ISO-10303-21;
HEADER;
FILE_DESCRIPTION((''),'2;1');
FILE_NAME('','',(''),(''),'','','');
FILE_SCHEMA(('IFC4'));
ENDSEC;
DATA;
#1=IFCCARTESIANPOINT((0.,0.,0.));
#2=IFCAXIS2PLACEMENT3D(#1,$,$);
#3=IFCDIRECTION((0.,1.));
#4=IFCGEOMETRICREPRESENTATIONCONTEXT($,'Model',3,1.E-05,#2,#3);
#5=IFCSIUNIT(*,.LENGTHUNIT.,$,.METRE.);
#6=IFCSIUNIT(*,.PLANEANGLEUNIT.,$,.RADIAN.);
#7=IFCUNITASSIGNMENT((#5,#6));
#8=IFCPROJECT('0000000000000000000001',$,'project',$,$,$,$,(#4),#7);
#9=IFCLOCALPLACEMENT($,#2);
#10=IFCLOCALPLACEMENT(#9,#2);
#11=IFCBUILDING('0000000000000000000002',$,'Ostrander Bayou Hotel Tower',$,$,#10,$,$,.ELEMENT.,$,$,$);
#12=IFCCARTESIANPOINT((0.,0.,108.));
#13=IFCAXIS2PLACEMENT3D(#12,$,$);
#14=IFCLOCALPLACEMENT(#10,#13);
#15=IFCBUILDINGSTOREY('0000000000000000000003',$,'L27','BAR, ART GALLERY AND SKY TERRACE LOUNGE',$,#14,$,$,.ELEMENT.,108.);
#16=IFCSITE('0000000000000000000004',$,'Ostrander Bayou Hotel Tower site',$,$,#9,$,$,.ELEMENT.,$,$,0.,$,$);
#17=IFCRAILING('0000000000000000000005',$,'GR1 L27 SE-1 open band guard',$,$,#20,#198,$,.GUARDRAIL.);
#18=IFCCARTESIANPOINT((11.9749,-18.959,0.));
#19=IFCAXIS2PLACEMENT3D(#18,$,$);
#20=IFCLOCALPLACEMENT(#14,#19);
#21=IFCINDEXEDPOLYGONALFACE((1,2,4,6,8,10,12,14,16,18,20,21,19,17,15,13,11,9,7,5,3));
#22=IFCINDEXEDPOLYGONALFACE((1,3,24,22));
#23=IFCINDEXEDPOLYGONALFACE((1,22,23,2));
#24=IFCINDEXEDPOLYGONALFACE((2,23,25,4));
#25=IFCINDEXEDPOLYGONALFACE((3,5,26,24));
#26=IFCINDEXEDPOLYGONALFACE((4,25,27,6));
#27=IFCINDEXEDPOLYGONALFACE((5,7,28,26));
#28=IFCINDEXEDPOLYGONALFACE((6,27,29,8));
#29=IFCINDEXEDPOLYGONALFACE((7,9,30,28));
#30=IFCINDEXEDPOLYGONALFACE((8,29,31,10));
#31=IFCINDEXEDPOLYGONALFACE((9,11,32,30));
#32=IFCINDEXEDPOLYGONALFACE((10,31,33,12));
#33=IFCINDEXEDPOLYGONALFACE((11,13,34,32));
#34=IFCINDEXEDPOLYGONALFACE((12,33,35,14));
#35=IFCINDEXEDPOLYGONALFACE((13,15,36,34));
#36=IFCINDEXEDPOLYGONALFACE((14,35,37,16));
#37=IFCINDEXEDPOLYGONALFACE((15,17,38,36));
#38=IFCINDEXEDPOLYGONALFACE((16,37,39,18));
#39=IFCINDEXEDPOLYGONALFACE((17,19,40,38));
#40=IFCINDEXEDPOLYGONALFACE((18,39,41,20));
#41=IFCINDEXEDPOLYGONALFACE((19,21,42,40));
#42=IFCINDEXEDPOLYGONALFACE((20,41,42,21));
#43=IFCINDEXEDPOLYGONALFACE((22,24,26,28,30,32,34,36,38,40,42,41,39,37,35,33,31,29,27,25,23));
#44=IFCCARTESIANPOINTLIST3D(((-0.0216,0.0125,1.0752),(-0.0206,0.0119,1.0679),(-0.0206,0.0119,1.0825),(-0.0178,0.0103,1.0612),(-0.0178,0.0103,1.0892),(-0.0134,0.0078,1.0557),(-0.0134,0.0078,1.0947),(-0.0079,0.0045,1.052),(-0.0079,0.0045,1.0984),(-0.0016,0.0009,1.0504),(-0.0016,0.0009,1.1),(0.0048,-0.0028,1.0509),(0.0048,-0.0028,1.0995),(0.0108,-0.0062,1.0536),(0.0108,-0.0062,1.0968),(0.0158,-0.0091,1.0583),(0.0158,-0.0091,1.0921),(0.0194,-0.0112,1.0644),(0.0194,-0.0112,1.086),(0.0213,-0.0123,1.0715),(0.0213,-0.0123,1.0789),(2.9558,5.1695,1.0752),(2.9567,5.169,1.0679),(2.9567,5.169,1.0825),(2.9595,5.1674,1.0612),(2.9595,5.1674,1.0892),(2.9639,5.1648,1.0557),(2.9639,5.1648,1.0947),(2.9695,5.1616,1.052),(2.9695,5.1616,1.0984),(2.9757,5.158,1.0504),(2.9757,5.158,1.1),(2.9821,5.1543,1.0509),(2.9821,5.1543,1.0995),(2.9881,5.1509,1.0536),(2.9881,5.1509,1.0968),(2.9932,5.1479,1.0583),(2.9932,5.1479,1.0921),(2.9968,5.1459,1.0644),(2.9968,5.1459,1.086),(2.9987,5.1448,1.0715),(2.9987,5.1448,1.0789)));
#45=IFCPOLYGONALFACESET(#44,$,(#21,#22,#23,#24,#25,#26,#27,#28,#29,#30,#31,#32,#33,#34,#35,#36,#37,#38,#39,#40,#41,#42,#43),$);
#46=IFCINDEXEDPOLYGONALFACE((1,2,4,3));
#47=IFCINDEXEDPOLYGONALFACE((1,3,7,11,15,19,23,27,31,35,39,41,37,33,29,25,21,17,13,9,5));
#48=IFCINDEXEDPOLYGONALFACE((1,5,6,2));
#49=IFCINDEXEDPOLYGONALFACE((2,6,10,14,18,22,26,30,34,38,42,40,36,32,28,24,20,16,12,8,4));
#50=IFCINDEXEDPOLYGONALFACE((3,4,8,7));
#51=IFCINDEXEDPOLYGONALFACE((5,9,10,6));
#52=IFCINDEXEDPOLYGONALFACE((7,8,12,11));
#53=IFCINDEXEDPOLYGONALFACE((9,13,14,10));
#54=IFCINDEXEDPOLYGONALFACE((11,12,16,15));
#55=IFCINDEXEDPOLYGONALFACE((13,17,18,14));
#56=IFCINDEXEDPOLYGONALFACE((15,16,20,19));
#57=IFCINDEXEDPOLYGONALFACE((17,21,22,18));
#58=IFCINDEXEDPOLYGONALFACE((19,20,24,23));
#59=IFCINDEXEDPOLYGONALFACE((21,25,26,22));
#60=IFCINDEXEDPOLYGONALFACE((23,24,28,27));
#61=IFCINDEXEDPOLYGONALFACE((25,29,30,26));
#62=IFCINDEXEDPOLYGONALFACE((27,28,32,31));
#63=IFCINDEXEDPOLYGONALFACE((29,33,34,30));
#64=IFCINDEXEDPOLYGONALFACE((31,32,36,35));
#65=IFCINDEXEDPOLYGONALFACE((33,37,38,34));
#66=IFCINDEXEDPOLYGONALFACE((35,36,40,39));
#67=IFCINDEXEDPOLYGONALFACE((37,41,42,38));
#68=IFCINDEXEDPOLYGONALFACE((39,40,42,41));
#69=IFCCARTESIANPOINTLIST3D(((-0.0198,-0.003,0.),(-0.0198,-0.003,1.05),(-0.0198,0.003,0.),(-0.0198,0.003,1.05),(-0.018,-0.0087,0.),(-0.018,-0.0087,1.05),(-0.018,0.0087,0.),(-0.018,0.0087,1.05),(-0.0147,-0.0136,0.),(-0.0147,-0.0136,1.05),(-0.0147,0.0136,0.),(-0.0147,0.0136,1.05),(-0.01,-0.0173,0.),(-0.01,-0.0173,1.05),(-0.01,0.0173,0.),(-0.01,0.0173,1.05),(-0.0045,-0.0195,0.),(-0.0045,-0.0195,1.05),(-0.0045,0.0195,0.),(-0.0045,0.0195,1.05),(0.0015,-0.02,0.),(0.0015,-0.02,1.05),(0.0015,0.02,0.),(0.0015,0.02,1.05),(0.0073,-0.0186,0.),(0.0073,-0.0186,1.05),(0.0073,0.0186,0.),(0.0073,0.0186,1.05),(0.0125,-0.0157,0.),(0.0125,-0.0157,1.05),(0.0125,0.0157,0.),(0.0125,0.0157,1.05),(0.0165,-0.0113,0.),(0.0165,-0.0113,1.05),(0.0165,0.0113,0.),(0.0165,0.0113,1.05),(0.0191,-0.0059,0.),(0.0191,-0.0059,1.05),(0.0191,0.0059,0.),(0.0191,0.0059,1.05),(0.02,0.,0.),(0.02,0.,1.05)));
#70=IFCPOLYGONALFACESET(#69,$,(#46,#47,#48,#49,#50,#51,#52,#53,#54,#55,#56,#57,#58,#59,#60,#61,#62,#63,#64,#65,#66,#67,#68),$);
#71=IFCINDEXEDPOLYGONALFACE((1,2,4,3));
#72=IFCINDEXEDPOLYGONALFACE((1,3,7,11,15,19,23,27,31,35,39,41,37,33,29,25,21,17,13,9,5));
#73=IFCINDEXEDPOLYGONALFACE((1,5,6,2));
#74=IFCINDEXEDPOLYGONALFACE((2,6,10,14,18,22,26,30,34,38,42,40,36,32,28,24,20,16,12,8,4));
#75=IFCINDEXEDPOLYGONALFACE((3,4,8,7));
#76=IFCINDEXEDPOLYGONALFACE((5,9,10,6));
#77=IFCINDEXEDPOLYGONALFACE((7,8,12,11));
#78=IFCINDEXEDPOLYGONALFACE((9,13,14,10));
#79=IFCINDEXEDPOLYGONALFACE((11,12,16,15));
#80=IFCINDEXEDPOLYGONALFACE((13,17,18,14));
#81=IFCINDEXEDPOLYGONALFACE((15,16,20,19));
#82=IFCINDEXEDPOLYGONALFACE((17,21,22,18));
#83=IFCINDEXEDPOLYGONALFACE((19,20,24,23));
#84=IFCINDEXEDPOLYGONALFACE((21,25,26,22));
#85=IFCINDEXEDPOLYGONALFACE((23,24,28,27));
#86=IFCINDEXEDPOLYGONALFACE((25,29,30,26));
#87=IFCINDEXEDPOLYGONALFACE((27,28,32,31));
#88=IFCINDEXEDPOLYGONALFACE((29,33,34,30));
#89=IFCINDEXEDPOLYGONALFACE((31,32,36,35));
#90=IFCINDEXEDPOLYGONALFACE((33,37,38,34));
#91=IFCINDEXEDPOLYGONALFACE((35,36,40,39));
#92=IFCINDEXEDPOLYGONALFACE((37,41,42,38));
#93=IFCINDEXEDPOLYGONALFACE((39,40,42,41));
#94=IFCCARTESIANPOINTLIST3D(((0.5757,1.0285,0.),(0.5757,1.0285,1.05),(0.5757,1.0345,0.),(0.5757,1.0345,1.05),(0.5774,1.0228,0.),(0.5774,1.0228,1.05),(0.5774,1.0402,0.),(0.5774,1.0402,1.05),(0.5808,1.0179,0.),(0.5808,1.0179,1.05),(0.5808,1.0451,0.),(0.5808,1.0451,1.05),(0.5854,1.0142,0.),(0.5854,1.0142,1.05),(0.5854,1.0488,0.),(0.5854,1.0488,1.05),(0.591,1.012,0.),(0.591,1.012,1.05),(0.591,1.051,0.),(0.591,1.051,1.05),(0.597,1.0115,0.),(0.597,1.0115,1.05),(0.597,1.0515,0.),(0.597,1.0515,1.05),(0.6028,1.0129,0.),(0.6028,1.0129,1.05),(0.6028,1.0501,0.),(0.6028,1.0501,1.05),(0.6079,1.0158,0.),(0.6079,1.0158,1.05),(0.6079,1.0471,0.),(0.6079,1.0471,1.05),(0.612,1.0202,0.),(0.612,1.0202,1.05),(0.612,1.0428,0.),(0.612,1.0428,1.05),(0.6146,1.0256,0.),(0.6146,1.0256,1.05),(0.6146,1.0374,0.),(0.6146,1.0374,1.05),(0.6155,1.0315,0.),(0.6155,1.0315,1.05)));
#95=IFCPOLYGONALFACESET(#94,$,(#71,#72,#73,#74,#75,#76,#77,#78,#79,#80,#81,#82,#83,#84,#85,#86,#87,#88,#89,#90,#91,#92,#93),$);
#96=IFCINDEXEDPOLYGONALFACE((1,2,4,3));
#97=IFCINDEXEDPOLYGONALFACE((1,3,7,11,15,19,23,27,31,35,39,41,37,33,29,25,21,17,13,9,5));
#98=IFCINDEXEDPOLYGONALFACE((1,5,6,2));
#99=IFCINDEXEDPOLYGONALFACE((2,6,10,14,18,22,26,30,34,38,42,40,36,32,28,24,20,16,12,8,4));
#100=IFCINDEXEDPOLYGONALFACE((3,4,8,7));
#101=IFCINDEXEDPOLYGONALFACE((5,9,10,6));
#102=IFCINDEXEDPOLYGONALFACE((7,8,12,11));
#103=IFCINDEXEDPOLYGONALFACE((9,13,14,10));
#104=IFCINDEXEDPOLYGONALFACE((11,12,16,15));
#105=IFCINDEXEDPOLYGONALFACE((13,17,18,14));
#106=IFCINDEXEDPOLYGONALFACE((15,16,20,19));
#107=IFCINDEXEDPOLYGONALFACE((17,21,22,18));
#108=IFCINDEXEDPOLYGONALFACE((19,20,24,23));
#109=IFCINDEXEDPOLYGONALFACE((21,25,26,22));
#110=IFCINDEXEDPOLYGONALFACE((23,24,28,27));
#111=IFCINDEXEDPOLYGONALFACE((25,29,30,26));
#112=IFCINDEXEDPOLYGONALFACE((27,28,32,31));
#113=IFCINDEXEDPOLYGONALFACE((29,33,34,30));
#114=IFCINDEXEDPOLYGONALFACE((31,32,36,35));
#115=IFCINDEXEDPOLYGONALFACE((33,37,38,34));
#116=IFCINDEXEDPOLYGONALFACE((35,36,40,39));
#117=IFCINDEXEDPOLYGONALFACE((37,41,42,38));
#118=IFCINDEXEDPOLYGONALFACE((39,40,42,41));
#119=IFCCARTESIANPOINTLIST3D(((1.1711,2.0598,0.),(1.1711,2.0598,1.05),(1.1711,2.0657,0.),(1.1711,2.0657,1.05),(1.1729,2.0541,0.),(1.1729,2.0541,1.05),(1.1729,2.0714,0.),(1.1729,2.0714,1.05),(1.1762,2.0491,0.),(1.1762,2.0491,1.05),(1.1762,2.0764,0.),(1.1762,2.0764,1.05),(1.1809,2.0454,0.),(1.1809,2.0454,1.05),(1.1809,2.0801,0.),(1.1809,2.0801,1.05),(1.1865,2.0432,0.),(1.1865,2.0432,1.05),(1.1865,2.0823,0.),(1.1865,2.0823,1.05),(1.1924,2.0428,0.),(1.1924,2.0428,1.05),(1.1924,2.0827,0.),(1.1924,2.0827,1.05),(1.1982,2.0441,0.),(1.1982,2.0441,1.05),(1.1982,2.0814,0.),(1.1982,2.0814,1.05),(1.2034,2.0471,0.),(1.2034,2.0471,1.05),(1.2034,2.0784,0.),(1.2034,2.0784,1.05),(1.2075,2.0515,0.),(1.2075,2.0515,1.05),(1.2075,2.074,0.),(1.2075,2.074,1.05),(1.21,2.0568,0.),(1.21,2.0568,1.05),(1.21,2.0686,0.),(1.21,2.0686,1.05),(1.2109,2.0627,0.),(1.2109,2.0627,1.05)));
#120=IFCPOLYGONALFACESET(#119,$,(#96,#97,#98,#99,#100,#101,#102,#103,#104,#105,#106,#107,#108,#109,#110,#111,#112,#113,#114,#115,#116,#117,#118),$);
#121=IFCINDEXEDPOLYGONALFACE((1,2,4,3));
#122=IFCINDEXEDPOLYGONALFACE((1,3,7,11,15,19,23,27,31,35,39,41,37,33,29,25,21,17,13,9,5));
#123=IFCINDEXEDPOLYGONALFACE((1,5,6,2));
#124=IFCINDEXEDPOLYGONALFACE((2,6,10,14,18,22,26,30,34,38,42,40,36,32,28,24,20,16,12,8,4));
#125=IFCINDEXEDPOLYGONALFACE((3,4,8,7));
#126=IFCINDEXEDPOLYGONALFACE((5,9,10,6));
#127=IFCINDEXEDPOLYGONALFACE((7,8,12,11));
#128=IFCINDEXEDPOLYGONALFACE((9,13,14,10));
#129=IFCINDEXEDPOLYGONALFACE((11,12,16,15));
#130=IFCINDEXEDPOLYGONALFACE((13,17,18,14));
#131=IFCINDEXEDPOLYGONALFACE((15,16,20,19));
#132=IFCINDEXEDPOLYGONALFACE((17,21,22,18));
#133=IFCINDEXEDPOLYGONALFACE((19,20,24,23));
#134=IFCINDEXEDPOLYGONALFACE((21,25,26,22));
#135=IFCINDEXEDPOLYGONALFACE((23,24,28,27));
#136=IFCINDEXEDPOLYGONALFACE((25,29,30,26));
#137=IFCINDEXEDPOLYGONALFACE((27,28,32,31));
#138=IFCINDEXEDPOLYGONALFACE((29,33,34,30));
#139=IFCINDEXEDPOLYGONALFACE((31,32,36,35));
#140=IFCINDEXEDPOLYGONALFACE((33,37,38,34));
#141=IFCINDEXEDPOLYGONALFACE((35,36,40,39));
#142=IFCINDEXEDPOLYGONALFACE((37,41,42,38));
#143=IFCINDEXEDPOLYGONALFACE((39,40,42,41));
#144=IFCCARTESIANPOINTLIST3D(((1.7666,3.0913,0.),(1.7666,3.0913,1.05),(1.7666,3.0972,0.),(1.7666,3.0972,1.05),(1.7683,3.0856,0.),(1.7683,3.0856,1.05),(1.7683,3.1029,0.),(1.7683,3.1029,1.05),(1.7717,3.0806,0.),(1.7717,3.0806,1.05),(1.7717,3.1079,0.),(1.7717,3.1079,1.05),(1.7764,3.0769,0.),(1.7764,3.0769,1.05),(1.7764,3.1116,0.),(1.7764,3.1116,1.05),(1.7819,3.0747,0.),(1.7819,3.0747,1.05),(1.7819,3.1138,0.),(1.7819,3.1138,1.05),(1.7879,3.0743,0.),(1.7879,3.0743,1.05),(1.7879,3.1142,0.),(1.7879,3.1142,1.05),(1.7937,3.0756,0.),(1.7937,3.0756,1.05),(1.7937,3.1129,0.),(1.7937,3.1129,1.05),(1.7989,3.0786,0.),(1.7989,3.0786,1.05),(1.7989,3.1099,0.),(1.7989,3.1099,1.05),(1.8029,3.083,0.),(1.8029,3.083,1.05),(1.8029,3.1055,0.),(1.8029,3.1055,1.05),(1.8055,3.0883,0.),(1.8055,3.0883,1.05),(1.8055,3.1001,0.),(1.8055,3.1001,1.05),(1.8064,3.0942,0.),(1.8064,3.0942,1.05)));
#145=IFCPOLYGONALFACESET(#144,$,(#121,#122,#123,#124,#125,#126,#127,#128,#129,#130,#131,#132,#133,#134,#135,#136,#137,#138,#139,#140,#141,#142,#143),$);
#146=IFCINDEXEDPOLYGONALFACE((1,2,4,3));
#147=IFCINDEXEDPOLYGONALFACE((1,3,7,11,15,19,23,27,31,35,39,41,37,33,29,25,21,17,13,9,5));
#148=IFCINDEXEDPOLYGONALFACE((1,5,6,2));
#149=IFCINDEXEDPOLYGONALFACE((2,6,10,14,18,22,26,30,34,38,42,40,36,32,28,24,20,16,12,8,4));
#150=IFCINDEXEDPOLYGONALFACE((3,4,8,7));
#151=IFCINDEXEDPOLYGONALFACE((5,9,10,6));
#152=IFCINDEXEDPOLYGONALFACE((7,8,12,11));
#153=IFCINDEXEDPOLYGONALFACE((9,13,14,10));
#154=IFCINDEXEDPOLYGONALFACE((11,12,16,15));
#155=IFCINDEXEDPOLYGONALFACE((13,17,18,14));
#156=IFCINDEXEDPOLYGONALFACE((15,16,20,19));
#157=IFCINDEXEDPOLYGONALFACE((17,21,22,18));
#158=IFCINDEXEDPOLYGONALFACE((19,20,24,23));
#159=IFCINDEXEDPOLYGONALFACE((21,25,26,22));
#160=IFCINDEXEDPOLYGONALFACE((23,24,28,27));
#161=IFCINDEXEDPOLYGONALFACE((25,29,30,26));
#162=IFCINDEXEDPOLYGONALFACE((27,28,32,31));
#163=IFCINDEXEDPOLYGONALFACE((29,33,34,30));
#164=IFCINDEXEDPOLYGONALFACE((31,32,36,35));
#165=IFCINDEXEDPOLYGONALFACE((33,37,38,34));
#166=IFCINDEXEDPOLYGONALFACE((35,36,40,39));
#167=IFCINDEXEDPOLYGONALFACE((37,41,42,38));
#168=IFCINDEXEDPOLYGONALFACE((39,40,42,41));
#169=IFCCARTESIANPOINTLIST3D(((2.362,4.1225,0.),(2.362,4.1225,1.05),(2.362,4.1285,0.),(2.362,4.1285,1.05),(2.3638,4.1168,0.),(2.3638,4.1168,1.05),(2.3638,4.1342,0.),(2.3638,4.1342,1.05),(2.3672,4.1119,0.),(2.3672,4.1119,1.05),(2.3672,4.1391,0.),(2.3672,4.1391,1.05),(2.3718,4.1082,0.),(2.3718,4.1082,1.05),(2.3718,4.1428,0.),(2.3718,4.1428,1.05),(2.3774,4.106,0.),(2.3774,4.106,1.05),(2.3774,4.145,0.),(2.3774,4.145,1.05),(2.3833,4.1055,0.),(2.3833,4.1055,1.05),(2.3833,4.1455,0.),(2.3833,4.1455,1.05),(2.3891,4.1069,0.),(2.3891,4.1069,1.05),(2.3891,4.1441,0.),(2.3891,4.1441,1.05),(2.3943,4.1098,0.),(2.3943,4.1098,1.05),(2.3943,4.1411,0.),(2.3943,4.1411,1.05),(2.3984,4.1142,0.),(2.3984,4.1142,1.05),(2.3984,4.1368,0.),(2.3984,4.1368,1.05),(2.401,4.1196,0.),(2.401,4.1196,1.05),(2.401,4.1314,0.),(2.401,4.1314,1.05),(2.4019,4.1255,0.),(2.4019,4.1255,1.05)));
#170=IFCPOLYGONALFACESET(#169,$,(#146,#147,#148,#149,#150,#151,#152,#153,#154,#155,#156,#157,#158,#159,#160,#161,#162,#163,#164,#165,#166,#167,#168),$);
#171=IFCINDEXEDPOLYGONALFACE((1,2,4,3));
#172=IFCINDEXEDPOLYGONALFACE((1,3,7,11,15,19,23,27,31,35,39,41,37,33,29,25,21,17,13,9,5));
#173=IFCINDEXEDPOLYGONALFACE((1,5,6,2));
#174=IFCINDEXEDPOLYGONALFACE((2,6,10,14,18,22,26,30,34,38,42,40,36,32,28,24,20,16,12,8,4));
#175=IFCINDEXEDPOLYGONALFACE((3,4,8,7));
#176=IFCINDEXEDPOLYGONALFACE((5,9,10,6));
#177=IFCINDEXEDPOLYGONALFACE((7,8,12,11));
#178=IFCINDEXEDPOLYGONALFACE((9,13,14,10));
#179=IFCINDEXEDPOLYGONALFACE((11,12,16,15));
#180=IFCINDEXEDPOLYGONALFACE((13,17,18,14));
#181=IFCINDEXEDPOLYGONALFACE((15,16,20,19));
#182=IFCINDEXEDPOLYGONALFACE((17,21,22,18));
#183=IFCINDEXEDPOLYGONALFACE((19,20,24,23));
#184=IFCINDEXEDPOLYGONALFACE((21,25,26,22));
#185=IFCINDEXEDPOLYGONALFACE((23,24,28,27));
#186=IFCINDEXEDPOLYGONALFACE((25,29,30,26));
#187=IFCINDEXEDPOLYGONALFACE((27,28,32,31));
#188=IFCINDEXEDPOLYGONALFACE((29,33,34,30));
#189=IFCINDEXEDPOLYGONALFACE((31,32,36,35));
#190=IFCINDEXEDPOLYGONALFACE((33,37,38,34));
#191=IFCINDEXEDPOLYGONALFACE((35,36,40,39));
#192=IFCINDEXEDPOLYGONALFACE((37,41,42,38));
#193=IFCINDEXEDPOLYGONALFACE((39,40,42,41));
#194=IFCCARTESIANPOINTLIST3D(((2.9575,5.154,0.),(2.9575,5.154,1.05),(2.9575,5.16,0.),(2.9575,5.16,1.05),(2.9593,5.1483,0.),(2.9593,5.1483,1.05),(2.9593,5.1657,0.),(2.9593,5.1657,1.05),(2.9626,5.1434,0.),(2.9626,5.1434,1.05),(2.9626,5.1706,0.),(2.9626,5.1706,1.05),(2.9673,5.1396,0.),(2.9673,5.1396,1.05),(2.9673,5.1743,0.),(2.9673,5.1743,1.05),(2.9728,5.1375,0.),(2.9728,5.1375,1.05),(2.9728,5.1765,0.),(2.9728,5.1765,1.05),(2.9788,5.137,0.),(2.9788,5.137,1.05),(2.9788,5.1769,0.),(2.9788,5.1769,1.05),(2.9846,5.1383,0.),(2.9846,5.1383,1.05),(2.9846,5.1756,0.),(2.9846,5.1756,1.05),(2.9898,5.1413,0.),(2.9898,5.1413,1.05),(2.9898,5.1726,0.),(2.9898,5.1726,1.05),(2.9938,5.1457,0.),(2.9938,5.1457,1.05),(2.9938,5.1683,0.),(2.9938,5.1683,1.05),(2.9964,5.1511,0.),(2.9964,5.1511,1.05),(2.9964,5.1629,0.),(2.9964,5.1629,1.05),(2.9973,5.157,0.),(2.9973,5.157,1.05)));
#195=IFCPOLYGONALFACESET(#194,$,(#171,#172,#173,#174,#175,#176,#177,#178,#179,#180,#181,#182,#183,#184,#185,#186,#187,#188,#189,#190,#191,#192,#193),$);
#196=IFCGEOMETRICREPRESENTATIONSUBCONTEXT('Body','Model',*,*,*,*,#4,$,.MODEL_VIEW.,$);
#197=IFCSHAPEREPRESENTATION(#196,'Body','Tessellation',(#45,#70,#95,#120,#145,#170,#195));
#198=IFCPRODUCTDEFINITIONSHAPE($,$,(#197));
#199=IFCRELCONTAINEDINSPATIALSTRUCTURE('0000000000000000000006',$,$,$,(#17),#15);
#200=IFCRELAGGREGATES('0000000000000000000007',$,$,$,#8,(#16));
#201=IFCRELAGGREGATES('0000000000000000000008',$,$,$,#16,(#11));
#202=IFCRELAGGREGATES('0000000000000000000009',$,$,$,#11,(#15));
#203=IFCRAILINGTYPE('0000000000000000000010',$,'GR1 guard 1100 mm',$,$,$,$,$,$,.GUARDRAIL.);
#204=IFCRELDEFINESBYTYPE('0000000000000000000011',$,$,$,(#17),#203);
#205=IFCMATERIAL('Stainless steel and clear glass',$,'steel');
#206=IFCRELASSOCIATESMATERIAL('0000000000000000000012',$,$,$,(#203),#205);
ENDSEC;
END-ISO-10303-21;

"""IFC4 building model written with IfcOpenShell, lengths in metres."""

from ifc_helpers import new_model, si_unit, direction, frame, origin, origin_2d, place, context, subcontext, project, spatial, circle, extrude, material, type_object, element, save


model = new_model("IFC4")

# Units and contexts
model_context = context("Model", 3, precision=1e-05, world=origin(), true_north=direction((0.0, 1.0)))
body_context = subcontext(model_context, "Body", "Model", "MODEL_VIEW")
ifc_project = project(units=[si_unit("LENGTHUNIT", "METRE"), si_unit("PLANEANGLEUNIT", "RADIAN")], contexts=[model_context])

# Site, building, storey
site_placement = place(None, origin())
site = spatial("IfcSite", under=ifc_project, at=site_placement, Name="Ostrander Bayou Hotel Tower site", CompositionType="ELEMENT", RefElevation=0.0)
building_placement = place(site_placement, origin())
building = spatial("IfcBuilding", under=site, at=building_placement, Name="Ostrander Bayou Hotel Tower", CompositionType="ELEMENT")
storey_placement = place(building_placement, frame((0.0, 0.0, 108.0)))
storey = spatial("IfcBuildingStorey", under=building, at=storey_placement, Name="L27", Description="BAR, ART GALLERY AND SKY TERRACE LOUNGE", CompositionType="ELEMENT", Elevation=108.0)

# Railing
ifc_material_1 = material(Name="Stainless steel and clear glass", Category="steel")
railing_type = type_object("IfcRailingType", Name="GR1 guard 1100 mm", PredefinedType="GUARDRAIL", material=ifc_material_1)
railing_1_placement = place(storey_placement, frame((11.9749, -18.959, 0.0)))
element("IfcRailing", 1, at=railing_1_placement, inside=storey, type_object=railing_type, Name="GR1 L27 SE-1 open band guard", PredefinedType="GUARDRAIL", context=body_context, shape_type="SweptSolid", body=[
    extrude(circle(Radius=0.0249, at=origin_2d()), frame((0.0, 0.0, 1.0752), z_axis=(0.499989, 0.866032, 0.0), x_axis=(-0.866032, 0.499989, 0.0)), (0.0, 0.0, 1.0), 5.9548),
    extrude(circle(Radius=0.02, at=origin_2d()), origin(), (0.0, 0.0, 1.0), 1.05),
    extrude(circle(Radius=0.02, at=origin_2d()), frame((0.5955, 1.0315, 0.0)), (0.0, 0.0, 1.0), 1.05),
    extrude(circle(Radius=0.02, at=origin_2d()), frame((1.1909, 2.0627, 0.0)), (0.0, 0.0, 1.0), 1.05),
    extrude(circle(Radius=0.02, at=origin_2d()), frame((1.7864, 3.0942, 0.0)), (0.0, 0.0, 1.0), 1.05),
    extrude(circle(Radius=0.02, at=origin_2d()), frame((2.3818, 4.1255, 0.0)), (0.0, 0.0, 1.0), 1.05),
    extrude(circle(Radius=0.02, at=origin_2d()), frame((2.9773, 5.157, 0.0)), (0.0, 0.0, 1.0), 1.05),
])

save(model, "model.ifc")
